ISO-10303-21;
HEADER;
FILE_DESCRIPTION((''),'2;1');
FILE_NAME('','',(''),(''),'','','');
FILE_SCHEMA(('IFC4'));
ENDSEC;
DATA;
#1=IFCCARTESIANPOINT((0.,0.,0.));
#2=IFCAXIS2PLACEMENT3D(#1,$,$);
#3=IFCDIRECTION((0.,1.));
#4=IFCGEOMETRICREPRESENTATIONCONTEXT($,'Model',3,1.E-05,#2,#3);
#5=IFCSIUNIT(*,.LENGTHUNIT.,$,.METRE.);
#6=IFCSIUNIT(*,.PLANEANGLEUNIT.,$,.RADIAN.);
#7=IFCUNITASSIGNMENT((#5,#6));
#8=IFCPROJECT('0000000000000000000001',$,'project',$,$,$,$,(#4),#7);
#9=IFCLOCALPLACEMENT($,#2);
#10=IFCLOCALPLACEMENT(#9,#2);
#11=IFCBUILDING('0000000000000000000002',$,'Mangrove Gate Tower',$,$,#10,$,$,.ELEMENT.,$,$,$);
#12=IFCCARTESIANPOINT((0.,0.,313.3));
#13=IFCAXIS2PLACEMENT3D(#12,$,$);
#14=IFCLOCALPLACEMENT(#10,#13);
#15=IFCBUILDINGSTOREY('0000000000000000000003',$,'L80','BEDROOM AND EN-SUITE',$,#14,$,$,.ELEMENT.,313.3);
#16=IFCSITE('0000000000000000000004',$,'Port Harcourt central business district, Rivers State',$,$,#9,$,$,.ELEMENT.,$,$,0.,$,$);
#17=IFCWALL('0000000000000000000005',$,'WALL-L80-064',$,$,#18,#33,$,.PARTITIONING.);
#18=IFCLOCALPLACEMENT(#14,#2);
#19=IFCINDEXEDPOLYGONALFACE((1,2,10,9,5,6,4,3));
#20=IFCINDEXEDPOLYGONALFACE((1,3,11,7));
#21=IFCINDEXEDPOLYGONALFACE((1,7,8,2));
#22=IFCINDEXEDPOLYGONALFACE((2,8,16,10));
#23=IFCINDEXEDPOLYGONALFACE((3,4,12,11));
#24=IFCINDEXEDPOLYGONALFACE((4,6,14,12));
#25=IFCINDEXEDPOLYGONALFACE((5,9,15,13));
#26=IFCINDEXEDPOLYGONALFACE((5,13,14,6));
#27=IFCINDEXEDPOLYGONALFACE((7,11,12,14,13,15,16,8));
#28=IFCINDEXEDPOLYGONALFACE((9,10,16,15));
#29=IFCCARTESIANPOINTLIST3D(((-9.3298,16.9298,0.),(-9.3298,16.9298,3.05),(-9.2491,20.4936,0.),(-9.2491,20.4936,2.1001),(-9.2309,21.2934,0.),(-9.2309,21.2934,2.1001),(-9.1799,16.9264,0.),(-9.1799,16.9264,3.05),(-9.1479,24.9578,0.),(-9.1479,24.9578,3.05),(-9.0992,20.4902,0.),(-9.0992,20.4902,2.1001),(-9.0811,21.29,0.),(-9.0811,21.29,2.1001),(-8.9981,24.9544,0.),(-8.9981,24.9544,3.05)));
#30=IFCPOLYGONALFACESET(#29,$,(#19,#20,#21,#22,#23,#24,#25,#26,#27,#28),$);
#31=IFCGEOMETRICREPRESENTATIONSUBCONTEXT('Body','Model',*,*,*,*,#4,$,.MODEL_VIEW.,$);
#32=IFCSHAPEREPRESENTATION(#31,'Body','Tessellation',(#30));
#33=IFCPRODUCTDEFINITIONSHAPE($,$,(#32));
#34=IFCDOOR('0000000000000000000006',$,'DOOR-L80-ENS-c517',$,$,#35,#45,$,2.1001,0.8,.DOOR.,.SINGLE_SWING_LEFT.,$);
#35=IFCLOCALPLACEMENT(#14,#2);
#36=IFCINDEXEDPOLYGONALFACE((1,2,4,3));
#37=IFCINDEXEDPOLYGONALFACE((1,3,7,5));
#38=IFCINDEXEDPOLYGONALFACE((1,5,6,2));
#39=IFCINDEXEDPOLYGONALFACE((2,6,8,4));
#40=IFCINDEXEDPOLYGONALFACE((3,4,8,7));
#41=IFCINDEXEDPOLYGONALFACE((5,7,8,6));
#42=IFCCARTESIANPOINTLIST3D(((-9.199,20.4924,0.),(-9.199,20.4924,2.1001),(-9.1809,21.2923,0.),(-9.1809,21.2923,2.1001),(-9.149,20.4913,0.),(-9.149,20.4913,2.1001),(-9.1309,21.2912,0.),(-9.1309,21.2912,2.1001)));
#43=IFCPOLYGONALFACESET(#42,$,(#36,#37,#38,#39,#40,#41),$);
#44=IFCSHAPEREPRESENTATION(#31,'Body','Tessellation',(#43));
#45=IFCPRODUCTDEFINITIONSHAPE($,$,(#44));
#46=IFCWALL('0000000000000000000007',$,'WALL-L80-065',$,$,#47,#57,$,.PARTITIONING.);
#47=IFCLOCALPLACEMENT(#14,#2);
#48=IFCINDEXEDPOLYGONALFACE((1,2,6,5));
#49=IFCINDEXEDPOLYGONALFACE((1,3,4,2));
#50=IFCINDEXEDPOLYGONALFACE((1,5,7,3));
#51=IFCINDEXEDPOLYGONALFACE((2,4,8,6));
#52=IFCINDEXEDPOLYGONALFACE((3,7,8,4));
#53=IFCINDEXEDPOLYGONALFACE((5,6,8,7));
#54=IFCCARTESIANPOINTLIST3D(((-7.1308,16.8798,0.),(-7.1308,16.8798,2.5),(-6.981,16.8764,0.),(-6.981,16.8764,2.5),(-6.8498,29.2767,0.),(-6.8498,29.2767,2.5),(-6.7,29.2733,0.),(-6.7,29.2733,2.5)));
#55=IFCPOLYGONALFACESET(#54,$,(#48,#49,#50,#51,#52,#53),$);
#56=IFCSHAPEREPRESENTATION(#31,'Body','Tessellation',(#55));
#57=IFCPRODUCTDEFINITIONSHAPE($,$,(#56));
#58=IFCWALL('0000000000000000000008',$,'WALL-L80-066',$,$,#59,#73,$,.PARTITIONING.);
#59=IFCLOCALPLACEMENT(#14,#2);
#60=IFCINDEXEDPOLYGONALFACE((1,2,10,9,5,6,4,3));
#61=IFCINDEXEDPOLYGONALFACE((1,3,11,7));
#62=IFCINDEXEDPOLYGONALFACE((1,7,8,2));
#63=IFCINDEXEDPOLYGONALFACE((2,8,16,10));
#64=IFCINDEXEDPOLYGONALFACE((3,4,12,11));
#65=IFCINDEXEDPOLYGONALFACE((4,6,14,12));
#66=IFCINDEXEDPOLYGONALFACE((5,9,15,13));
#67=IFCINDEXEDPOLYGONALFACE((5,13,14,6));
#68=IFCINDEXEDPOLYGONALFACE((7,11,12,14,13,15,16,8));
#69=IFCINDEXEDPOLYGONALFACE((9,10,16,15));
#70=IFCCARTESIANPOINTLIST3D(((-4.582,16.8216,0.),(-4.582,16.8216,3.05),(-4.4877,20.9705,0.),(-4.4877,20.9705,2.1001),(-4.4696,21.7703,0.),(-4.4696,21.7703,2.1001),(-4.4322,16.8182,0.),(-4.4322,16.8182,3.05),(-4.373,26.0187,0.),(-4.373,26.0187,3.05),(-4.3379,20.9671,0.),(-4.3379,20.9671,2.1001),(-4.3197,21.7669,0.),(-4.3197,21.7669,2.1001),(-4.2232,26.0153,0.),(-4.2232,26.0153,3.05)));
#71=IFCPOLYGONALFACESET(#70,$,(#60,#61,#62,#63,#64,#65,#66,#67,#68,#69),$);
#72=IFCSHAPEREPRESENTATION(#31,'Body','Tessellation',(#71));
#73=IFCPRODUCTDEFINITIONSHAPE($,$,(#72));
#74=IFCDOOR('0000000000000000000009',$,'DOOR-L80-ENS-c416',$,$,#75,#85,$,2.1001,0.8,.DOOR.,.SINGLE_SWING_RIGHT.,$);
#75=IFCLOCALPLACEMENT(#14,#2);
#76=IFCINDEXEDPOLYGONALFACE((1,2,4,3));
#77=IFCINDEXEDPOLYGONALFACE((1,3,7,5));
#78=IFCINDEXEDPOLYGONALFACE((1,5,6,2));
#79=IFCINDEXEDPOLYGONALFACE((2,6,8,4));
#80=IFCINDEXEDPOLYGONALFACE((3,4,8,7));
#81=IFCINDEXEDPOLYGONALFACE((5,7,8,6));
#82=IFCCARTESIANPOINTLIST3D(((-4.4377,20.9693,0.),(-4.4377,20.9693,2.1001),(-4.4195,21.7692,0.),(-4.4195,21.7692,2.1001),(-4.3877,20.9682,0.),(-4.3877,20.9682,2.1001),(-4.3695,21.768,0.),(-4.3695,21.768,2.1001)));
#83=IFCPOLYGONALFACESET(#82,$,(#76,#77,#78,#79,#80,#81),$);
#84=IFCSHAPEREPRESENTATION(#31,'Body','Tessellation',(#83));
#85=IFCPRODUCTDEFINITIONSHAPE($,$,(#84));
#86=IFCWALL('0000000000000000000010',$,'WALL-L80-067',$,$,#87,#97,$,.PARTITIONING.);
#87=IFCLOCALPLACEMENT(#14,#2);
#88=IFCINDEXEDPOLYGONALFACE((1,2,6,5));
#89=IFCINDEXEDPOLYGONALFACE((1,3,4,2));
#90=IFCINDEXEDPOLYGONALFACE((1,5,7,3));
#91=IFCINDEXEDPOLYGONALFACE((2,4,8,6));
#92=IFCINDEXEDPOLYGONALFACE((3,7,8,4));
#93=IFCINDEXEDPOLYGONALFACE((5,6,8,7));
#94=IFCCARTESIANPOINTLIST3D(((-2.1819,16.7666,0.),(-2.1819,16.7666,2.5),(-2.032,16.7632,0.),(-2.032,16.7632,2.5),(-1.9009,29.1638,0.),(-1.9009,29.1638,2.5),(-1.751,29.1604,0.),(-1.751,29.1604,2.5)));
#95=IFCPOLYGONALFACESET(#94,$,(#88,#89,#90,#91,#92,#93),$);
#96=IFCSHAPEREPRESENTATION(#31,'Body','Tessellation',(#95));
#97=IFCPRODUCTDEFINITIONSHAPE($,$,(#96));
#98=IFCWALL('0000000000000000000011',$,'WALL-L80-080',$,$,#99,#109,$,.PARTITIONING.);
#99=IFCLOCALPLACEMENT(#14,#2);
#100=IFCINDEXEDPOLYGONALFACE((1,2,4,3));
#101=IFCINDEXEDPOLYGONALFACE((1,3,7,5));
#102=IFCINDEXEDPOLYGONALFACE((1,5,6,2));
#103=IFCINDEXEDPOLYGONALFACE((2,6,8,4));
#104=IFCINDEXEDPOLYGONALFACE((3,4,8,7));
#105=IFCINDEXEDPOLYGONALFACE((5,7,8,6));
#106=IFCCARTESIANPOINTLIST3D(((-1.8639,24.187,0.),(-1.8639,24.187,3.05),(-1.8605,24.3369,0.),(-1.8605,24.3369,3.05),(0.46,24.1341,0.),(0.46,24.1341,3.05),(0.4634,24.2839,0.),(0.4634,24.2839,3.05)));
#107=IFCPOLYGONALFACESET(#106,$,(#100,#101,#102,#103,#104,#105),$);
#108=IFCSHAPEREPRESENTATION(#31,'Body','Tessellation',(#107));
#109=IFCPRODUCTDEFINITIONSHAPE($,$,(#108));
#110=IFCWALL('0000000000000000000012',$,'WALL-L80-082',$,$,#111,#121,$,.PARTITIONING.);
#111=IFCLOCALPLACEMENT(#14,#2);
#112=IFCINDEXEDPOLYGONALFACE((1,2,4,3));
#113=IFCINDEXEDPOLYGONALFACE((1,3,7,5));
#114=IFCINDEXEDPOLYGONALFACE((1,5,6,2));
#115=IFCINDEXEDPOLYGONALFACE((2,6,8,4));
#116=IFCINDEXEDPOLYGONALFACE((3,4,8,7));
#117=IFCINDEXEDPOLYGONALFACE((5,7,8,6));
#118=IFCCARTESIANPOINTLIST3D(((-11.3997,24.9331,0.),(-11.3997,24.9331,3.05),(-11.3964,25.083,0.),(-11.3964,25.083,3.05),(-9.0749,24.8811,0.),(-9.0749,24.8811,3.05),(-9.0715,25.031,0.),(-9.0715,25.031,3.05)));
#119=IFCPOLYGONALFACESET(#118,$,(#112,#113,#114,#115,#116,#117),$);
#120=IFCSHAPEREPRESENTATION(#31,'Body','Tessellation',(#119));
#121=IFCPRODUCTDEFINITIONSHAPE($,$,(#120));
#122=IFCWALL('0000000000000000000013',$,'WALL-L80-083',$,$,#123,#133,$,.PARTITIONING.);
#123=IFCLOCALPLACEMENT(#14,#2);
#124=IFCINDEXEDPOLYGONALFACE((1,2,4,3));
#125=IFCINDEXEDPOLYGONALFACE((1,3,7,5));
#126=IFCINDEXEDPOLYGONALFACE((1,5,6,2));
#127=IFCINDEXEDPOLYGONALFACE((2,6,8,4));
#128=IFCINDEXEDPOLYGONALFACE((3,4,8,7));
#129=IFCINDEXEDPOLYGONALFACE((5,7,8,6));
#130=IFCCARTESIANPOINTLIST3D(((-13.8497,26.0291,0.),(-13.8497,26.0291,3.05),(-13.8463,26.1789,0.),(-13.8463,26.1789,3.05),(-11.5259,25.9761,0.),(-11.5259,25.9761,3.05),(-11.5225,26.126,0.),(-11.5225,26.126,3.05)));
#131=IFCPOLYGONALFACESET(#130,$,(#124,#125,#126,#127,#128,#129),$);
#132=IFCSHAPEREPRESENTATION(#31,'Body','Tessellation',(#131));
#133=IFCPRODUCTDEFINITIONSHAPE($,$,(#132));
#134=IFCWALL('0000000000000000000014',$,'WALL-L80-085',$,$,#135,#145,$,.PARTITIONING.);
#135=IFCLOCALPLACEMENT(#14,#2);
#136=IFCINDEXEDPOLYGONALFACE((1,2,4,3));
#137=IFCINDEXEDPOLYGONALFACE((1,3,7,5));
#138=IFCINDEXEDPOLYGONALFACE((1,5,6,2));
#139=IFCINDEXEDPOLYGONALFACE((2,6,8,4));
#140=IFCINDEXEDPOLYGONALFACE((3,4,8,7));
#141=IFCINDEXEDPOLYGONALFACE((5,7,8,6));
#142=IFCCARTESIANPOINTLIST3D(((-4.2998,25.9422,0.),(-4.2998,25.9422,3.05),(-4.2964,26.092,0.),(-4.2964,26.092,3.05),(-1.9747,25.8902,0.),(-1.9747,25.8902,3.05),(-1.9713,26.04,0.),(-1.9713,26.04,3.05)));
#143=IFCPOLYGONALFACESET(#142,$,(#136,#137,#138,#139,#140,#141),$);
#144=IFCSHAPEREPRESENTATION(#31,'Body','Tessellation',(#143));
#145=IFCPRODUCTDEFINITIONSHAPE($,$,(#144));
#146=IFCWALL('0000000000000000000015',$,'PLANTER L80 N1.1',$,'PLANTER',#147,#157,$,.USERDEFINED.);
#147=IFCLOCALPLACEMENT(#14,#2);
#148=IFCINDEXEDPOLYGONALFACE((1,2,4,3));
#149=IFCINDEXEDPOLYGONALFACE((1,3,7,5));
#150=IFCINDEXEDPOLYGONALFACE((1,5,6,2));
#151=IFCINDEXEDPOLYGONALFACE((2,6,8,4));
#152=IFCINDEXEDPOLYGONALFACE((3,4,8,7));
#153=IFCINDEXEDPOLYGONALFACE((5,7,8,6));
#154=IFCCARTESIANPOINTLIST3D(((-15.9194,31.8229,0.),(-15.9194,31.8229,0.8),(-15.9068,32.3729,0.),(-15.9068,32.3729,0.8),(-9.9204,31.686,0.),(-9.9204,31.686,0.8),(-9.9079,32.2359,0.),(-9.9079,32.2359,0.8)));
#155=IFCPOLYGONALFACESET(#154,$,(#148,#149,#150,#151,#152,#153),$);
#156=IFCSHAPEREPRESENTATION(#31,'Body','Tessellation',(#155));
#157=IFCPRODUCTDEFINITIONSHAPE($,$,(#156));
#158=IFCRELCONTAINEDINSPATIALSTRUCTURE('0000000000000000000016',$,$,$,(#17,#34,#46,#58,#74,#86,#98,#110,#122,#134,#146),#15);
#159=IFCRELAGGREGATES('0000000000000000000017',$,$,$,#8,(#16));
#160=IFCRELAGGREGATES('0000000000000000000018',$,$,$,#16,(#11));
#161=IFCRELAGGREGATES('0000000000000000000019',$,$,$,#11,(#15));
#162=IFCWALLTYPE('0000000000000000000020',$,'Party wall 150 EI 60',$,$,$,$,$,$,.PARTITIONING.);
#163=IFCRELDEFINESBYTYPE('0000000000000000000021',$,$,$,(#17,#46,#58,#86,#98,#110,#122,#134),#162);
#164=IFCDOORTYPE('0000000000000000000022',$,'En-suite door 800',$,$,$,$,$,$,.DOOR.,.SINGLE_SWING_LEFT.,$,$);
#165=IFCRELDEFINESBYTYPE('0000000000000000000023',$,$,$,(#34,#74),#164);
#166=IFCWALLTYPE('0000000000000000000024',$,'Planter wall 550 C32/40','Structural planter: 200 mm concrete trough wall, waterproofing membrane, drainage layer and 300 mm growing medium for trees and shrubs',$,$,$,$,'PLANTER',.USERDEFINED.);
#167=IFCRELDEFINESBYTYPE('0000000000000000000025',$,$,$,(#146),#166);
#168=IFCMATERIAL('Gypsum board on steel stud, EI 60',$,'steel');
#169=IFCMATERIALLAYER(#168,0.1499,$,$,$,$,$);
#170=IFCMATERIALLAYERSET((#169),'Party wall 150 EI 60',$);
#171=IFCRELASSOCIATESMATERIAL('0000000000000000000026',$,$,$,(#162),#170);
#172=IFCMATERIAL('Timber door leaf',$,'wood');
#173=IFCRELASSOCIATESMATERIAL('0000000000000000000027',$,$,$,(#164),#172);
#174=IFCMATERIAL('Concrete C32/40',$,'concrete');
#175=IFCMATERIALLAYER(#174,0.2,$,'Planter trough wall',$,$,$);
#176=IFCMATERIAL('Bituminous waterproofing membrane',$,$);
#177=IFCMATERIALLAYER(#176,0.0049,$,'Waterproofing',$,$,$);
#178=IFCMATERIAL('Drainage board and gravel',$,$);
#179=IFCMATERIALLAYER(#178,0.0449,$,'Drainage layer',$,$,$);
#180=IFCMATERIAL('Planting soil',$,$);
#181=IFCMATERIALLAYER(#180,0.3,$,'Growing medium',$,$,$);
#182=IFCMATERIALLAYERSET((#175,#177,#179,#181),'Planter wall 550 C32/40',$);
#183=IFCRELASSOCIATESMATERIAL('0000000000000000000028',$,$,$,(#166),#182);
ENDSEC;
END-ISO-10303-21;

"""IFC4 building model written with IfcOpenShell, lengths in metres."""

from ifc_helpers import new_model, si_unit, direction, frame, frame_2d, origin, place, context, subcontext, project, spatial, rectangle, extrude, material, layer, layer_set, type_object, element, fill, save


model = new_model("IFC4")

# Units and contexts
model_context = context("Model", 3, precision=1e-05, world=origin(), true_north=direction((0.0, 1.0)))
body_context = subcontext(model_context, "Body", "Model", "MODEL_VIEW")
ifc_project = project(units=[si_unit("LENGTHUNIT", "METRE"), si_unit("PLANEANGLEUNIT", "RADIAN")], contexts=[model_context])

# Site, building, storey
site_placement = place(None, origin())
site = spatial("IfcSite", under=ifc_project, at=site_placement, Name="Port Harcourt central business district, Rivers State", CompositionType="ELEMENT", RefElevation=0.0)
building_placement = place(site_placement, origin())
building = spatial("IfcBuilding", under=site, at=building_placement, Name="Mangrove Gate Tower", CompositionType="ELEMENT")
storey_placement = place(building_placement, frame((0.0, 0.0, 313.3)))
storey = spatial("IfcBuildingStorey", under=building, at=storey_placement, Name="L80", Description="BEDROOM AND EN-SUITE", CompositionType="ELEMENT", Elevation=313.3)

# Shared definitions
ifc_material_1 = material(Name="Gypsum board on steel stud, EI 60", Category="steel")
ifc_layer_1 = layer(ifc_material_1, 0.1499)
ifc_layer_set_1 = layer_set([ifc_layer_1], Name="Party wall 150 EI 60")
wall_type_1 = type_object("IfcWallType", Name="Party wall 150 EI 60", PredefinedType="PARTITIONING", material=ifc_layer_set_1)
ifc_material_2 = material(Name="Timber door leaf", Category="wood")
door_type = type_object("IfcDoorType", Name="En-suite door 800", OperationType="SINGLE_SWING_LEFT", PredefinedType="DOOR", material=ifc_material_2)

# Wall, opening, door
wall_1_placement = place(storey_placement, frame((-9.2549, 16.928, 0.0), z_axis=(0.0, 0.0, 1.0), x_axis=(0.02265, 0.999743, 0.0)))
wall_1 = element("IfcWall", 1, at=wall_1_placement, inside=storey, type_object=wall_type_1, Name="WALL-L80-064", PredefinedType="PARTITIONING", context=body_context, shape_type="SweptSolid", body=[
    extrude(rectangle(XDim=8.03, YDim=0.1499, at=frame_2d((4.0151, 0.0))), origin(), (0.0, 0.0, 1.0), 3.05),
])
opening_1_placement = place(wall_1_placement, frame((3.5649, 0.0, 0.0)))
opening_1 = element("IfcOpeningElement", 2, at=opening_1_placement, cuts=wall_1, PredefinedType="OPENING", context=body_context, shape_type="SweptSolid", body=[
    extrude(rectangle(XDim=0.8, YDim=2.1001, at=frame_2d((0.3999, 1.05))), frame((0.0, 0.085, 0.0), z_axis=(0.0, -1.0, 0.0), x_axis=(1.0, 0.0, 0.0)), (0.0, 0.0, 1.0), 0.1699),
])
door_1_placement = place(opening_1_placement, origin())
door_1 = element("IfcDoor", 3, at=door_1_placement, inside=storey, type_object=door_type, Name="DOOR-L80-ENS-c517", OperationType="SINGLE_SWING_LEFT", OverallHeight=2.1001, OverallWidth=0.8, PredefinedType="DOOR", context=body_context, shape_type="SweptSolid", body=[
    extrude(rectangle(XDim=0.8, YDim=2.1001, at=frame_2d((0.3999, 1.05))), frame((0.0, 0.0249, 0.0), z_axis=(0.0, -1.0, 0.0), x_axis=(1.0, 0.0, 0.0)), (0.0, 0.0, 1.0), 0.05),
])
fill(opening_1, door_1)

# Wall
wall_2_placement = place(storey_placement, frame((-7.0559, 16.8779, 0.0), z_axis=(0.0, 0.0, 1.0), x_axis=(0.022661, 0.999743, 0.0)))
element("IfcWall", 4, at=wall_2_placement, inside=storey, type_object=wall_type_1, Name="WALL-L80-065", PredefinedType="PARTITIONING", context=body_context, shape_type="SweptSolid", body=[
    extrude(rectangle(XDim=12.4001, YDim=0.1499, at=frame_2d((6.2002, 0.0))), origin(), (0.0, 0.0, 1.0), 2.5),
])

# Wall, opening, door
wall_3_placement = place(storey_placement, frame((-4.5071, 16.8201, 0.0), z_axis=(0.0, 0.0, 1.0), x_axis=(0.022717, 0.999742, 0.0)))
wall_3 = element("IfcWall", 5, at=wall_3_placement, inside=storey, type_object=wall_type_1, Name="WALL-L80-066", PredefinedType="PARTITIONING", context=body_context, shape_type="SweptSolid", body=[
    extrude(rectangle(XDim=9.1995, YDim=0.1499, at=frame_2d((4.5996, 0.0))), origin(), (0.0, 0.0, 1.0), 3.05),
])
opening_2_placement = place(wall_3_placement, frame((4.1499, 0.0, 0.0)))
opening_2 = element("IfcOpeningElement", 6, at=opening_2_placement, cuts=wall_3, PredefinedType="OPENING", context=body_context, shape_type="SweptSolid", body=[
    extrude(rectangle(XDim=0.8, YDim=2.1001, at=frame_2d((0.3999, 1.05))), frame((0.0, 0.085, 0.0), z_axis=(0.0, -1.0, 0.0), x_axis=(1.0, 0.0, 0.0)), (0.0, 0.0, 1.0), 0.1699),
])
door_2_placement = place(opening_2_placement, origin())
door_2 = element("IfcDoor", 7, at=door_2_placement, inside=storey, type_object=door_type, Name="DOOR-L80-ENS-c416", OperationType="SINGLE_SWING_RIGHT", OverallHeight=2.1001, OverallWidth=0.8, PredefinedType="DOOR", context=body_context, shape_type="SweptSolid", body=[
    extrude(rectangle(XDim=0.8, YDim=2.1001, at=frame_2d((0.3999, 1.05))), frame((0.0, 0.0249, 0.0), z_axis=(0.0, -1.0, 0.0), x_axis=(1.0, 0.0, 0.0)), (0.0, 0.0, 1.0), 0.05),
])
fill(opening_2, door_2)

# Walls
wall_4_placement = place(storey_placement, frame((-2.1069, 16.7649, 0.0), z_axis=(0.0, 0.0, 1.0), x_axis=(0.022661, 0.999743, 0.0)))
element("IfcWall", 8, at=wall_4_placement, inside=storey, type_object=wall_type_1, Name="WALL-L80-067", PredefinedType="PARTITIONING", context=body_context, shape_type="SweptSolid", body=[
    extrude(rectangle(XDim=12.4004, YDim=0.1499, at=frame_2d((6.2002, 0.0))), origin(), (0.0, 0.0, 1.0), 2.5),
])
wall_5_placement = place(storey_placement, frame((-1.8621, 24.262, 0.0), z_axis=(0.0, 0.0, 1.0), x_axis=(0.99974, -0.022791, 0.0)))
element("IfcWall", 9, at=wall_5_placement, inside=storey, type_object=wall_type_1, Name="WALL-L80-080", PredefinedType="PARTITIONING", context=body_context, shape_type="SweptSolid", body=[
    extrude(rectangle(XDim=2.3245, YDim=0.1499, at=frame_2d((1.1621, 0.0))), origin(), (0.0, 0.0, 1.0), 3.05),
])
wall_6_placement = place(storey_placement, frame((-11.3979, 25.0081, 0.0), z_axis=(0.0, 0.0, 1.0), x_axis=(0.99975, -0.022361, 0.0)))
element("IfcWall", 10, at=wall_6_placement, inside=storey, type_object=wall_type_1, Name="WALL-L80-082", PredefinedType="PARTITIONING", context=body_context, shape_type="SweptSolid", body=[
    extrude(rectangle(XDim=2.3254, YDim=0.1499, at=frame_2d((1.1626, 0.0))), origin(), (0.0, 0.0, 1.0), 3.05),
])
wall_7_placement = place(storey_placement, frame((-13.8479, 26.104, 0.0), z_axis=(0.0, 0.0, 1.0), x_axis=(0.99974, -0.022791, 0.0)))
element("IfcWall", 11, at=wall_7_placement, inside=storey, type_object=wall_type_1, Name="WALL-L80-083", PredefinedType="PARTITIONING", context=body_context, shape_type="SweptSolid", body=[
    extrude(rectangle(XDim=2.3245, YDim=0.1499, at=frame_2d((1.1621, 0.0))), origin(), (0.0, 0.0, 1.0), 3.05),
])
wall_8_placement = place(storey_placement, frame((-4.2981, 26.0171, 0.0), z_axis=(0.0, 0.0, 1.0), x_axis=(0.99975, -0.022359, 0.0)))
element("IfcWall", 12, at=wall_8_placement, inside=storey, type_object=wall_type_1, Name="WALL-L80-085", PredefinedType="PARTITIONING", context=body_context, shape_type="SweptSolid", body=[
    extrude(rectangle(XDim=2.3257, YDim=0.1499, at=frame_2d((1.1628, 0.0))), origin(), (0.0, 0.0, 1.0), 3.05),
])
ifc_material_3 = material(Name="Concrete C32/40", Category="concrete")
ifc_layer_2 = layer(ifc_material_3, 0.2, Name="Planter trough wall")
ifc_material_4 = material(Name="Bituminous waterproofing membrane")
ifc_layer_3 = layer(ifc_material_4, 0.0049, Name="Waterproofing")
ifc_material_5 = material(Name="Drainage board and gravel")
ifc_layer_4 = layer(ifc_material_5, 0.0449, Name="Drainage layer")
ifc_material_6 = material(Name="Planting soil")
ifc_layer_5 = layer(ifc_material_6, 0.3, Name="Growing medium")
ifc_layer_set_2 = layer_set([ifc_layer_2, ifc_layer_3, ifc_layer_4, ifc_layer_5], Name="Planter wall 550 C32/40")
wall_type_2 = type_object("IfcWallType", Name="Planter wall 550 C32/40", Description="Structural planter: 200 mm concrete trough wall, waterproofing membrane, drainage layer and 300 mm growing medium for trees and shrubs", ElementType="PLANTER", PredefinedType="USERDEFINED", material=ifc_layer_set_2)
wall_9_placement = place(storey_placement, frame((-15.9131, 32.0979, 0.0), z_axis=(0.0, 0.0, 1.0), x_axis=(0.999739, -0.022825, 0.0)))
element("IfcWall", 13, at=wall_9_placement, inside=storey, type_object=wall_type_2, Name="PLANTER L80 N1.1", ObjectType="PLANTER", PredefinedType="USERDEFINED", context=body_context, shape_type="SweptSolid", body=[
    extrude(rectangle(XDim=6.0005, YDim=0.55, at=frame_2d((3.0002, 0.0))), origin(), (0.0, 0.0, 1.0), 0.8),
])

save(model, "model.ifc")
